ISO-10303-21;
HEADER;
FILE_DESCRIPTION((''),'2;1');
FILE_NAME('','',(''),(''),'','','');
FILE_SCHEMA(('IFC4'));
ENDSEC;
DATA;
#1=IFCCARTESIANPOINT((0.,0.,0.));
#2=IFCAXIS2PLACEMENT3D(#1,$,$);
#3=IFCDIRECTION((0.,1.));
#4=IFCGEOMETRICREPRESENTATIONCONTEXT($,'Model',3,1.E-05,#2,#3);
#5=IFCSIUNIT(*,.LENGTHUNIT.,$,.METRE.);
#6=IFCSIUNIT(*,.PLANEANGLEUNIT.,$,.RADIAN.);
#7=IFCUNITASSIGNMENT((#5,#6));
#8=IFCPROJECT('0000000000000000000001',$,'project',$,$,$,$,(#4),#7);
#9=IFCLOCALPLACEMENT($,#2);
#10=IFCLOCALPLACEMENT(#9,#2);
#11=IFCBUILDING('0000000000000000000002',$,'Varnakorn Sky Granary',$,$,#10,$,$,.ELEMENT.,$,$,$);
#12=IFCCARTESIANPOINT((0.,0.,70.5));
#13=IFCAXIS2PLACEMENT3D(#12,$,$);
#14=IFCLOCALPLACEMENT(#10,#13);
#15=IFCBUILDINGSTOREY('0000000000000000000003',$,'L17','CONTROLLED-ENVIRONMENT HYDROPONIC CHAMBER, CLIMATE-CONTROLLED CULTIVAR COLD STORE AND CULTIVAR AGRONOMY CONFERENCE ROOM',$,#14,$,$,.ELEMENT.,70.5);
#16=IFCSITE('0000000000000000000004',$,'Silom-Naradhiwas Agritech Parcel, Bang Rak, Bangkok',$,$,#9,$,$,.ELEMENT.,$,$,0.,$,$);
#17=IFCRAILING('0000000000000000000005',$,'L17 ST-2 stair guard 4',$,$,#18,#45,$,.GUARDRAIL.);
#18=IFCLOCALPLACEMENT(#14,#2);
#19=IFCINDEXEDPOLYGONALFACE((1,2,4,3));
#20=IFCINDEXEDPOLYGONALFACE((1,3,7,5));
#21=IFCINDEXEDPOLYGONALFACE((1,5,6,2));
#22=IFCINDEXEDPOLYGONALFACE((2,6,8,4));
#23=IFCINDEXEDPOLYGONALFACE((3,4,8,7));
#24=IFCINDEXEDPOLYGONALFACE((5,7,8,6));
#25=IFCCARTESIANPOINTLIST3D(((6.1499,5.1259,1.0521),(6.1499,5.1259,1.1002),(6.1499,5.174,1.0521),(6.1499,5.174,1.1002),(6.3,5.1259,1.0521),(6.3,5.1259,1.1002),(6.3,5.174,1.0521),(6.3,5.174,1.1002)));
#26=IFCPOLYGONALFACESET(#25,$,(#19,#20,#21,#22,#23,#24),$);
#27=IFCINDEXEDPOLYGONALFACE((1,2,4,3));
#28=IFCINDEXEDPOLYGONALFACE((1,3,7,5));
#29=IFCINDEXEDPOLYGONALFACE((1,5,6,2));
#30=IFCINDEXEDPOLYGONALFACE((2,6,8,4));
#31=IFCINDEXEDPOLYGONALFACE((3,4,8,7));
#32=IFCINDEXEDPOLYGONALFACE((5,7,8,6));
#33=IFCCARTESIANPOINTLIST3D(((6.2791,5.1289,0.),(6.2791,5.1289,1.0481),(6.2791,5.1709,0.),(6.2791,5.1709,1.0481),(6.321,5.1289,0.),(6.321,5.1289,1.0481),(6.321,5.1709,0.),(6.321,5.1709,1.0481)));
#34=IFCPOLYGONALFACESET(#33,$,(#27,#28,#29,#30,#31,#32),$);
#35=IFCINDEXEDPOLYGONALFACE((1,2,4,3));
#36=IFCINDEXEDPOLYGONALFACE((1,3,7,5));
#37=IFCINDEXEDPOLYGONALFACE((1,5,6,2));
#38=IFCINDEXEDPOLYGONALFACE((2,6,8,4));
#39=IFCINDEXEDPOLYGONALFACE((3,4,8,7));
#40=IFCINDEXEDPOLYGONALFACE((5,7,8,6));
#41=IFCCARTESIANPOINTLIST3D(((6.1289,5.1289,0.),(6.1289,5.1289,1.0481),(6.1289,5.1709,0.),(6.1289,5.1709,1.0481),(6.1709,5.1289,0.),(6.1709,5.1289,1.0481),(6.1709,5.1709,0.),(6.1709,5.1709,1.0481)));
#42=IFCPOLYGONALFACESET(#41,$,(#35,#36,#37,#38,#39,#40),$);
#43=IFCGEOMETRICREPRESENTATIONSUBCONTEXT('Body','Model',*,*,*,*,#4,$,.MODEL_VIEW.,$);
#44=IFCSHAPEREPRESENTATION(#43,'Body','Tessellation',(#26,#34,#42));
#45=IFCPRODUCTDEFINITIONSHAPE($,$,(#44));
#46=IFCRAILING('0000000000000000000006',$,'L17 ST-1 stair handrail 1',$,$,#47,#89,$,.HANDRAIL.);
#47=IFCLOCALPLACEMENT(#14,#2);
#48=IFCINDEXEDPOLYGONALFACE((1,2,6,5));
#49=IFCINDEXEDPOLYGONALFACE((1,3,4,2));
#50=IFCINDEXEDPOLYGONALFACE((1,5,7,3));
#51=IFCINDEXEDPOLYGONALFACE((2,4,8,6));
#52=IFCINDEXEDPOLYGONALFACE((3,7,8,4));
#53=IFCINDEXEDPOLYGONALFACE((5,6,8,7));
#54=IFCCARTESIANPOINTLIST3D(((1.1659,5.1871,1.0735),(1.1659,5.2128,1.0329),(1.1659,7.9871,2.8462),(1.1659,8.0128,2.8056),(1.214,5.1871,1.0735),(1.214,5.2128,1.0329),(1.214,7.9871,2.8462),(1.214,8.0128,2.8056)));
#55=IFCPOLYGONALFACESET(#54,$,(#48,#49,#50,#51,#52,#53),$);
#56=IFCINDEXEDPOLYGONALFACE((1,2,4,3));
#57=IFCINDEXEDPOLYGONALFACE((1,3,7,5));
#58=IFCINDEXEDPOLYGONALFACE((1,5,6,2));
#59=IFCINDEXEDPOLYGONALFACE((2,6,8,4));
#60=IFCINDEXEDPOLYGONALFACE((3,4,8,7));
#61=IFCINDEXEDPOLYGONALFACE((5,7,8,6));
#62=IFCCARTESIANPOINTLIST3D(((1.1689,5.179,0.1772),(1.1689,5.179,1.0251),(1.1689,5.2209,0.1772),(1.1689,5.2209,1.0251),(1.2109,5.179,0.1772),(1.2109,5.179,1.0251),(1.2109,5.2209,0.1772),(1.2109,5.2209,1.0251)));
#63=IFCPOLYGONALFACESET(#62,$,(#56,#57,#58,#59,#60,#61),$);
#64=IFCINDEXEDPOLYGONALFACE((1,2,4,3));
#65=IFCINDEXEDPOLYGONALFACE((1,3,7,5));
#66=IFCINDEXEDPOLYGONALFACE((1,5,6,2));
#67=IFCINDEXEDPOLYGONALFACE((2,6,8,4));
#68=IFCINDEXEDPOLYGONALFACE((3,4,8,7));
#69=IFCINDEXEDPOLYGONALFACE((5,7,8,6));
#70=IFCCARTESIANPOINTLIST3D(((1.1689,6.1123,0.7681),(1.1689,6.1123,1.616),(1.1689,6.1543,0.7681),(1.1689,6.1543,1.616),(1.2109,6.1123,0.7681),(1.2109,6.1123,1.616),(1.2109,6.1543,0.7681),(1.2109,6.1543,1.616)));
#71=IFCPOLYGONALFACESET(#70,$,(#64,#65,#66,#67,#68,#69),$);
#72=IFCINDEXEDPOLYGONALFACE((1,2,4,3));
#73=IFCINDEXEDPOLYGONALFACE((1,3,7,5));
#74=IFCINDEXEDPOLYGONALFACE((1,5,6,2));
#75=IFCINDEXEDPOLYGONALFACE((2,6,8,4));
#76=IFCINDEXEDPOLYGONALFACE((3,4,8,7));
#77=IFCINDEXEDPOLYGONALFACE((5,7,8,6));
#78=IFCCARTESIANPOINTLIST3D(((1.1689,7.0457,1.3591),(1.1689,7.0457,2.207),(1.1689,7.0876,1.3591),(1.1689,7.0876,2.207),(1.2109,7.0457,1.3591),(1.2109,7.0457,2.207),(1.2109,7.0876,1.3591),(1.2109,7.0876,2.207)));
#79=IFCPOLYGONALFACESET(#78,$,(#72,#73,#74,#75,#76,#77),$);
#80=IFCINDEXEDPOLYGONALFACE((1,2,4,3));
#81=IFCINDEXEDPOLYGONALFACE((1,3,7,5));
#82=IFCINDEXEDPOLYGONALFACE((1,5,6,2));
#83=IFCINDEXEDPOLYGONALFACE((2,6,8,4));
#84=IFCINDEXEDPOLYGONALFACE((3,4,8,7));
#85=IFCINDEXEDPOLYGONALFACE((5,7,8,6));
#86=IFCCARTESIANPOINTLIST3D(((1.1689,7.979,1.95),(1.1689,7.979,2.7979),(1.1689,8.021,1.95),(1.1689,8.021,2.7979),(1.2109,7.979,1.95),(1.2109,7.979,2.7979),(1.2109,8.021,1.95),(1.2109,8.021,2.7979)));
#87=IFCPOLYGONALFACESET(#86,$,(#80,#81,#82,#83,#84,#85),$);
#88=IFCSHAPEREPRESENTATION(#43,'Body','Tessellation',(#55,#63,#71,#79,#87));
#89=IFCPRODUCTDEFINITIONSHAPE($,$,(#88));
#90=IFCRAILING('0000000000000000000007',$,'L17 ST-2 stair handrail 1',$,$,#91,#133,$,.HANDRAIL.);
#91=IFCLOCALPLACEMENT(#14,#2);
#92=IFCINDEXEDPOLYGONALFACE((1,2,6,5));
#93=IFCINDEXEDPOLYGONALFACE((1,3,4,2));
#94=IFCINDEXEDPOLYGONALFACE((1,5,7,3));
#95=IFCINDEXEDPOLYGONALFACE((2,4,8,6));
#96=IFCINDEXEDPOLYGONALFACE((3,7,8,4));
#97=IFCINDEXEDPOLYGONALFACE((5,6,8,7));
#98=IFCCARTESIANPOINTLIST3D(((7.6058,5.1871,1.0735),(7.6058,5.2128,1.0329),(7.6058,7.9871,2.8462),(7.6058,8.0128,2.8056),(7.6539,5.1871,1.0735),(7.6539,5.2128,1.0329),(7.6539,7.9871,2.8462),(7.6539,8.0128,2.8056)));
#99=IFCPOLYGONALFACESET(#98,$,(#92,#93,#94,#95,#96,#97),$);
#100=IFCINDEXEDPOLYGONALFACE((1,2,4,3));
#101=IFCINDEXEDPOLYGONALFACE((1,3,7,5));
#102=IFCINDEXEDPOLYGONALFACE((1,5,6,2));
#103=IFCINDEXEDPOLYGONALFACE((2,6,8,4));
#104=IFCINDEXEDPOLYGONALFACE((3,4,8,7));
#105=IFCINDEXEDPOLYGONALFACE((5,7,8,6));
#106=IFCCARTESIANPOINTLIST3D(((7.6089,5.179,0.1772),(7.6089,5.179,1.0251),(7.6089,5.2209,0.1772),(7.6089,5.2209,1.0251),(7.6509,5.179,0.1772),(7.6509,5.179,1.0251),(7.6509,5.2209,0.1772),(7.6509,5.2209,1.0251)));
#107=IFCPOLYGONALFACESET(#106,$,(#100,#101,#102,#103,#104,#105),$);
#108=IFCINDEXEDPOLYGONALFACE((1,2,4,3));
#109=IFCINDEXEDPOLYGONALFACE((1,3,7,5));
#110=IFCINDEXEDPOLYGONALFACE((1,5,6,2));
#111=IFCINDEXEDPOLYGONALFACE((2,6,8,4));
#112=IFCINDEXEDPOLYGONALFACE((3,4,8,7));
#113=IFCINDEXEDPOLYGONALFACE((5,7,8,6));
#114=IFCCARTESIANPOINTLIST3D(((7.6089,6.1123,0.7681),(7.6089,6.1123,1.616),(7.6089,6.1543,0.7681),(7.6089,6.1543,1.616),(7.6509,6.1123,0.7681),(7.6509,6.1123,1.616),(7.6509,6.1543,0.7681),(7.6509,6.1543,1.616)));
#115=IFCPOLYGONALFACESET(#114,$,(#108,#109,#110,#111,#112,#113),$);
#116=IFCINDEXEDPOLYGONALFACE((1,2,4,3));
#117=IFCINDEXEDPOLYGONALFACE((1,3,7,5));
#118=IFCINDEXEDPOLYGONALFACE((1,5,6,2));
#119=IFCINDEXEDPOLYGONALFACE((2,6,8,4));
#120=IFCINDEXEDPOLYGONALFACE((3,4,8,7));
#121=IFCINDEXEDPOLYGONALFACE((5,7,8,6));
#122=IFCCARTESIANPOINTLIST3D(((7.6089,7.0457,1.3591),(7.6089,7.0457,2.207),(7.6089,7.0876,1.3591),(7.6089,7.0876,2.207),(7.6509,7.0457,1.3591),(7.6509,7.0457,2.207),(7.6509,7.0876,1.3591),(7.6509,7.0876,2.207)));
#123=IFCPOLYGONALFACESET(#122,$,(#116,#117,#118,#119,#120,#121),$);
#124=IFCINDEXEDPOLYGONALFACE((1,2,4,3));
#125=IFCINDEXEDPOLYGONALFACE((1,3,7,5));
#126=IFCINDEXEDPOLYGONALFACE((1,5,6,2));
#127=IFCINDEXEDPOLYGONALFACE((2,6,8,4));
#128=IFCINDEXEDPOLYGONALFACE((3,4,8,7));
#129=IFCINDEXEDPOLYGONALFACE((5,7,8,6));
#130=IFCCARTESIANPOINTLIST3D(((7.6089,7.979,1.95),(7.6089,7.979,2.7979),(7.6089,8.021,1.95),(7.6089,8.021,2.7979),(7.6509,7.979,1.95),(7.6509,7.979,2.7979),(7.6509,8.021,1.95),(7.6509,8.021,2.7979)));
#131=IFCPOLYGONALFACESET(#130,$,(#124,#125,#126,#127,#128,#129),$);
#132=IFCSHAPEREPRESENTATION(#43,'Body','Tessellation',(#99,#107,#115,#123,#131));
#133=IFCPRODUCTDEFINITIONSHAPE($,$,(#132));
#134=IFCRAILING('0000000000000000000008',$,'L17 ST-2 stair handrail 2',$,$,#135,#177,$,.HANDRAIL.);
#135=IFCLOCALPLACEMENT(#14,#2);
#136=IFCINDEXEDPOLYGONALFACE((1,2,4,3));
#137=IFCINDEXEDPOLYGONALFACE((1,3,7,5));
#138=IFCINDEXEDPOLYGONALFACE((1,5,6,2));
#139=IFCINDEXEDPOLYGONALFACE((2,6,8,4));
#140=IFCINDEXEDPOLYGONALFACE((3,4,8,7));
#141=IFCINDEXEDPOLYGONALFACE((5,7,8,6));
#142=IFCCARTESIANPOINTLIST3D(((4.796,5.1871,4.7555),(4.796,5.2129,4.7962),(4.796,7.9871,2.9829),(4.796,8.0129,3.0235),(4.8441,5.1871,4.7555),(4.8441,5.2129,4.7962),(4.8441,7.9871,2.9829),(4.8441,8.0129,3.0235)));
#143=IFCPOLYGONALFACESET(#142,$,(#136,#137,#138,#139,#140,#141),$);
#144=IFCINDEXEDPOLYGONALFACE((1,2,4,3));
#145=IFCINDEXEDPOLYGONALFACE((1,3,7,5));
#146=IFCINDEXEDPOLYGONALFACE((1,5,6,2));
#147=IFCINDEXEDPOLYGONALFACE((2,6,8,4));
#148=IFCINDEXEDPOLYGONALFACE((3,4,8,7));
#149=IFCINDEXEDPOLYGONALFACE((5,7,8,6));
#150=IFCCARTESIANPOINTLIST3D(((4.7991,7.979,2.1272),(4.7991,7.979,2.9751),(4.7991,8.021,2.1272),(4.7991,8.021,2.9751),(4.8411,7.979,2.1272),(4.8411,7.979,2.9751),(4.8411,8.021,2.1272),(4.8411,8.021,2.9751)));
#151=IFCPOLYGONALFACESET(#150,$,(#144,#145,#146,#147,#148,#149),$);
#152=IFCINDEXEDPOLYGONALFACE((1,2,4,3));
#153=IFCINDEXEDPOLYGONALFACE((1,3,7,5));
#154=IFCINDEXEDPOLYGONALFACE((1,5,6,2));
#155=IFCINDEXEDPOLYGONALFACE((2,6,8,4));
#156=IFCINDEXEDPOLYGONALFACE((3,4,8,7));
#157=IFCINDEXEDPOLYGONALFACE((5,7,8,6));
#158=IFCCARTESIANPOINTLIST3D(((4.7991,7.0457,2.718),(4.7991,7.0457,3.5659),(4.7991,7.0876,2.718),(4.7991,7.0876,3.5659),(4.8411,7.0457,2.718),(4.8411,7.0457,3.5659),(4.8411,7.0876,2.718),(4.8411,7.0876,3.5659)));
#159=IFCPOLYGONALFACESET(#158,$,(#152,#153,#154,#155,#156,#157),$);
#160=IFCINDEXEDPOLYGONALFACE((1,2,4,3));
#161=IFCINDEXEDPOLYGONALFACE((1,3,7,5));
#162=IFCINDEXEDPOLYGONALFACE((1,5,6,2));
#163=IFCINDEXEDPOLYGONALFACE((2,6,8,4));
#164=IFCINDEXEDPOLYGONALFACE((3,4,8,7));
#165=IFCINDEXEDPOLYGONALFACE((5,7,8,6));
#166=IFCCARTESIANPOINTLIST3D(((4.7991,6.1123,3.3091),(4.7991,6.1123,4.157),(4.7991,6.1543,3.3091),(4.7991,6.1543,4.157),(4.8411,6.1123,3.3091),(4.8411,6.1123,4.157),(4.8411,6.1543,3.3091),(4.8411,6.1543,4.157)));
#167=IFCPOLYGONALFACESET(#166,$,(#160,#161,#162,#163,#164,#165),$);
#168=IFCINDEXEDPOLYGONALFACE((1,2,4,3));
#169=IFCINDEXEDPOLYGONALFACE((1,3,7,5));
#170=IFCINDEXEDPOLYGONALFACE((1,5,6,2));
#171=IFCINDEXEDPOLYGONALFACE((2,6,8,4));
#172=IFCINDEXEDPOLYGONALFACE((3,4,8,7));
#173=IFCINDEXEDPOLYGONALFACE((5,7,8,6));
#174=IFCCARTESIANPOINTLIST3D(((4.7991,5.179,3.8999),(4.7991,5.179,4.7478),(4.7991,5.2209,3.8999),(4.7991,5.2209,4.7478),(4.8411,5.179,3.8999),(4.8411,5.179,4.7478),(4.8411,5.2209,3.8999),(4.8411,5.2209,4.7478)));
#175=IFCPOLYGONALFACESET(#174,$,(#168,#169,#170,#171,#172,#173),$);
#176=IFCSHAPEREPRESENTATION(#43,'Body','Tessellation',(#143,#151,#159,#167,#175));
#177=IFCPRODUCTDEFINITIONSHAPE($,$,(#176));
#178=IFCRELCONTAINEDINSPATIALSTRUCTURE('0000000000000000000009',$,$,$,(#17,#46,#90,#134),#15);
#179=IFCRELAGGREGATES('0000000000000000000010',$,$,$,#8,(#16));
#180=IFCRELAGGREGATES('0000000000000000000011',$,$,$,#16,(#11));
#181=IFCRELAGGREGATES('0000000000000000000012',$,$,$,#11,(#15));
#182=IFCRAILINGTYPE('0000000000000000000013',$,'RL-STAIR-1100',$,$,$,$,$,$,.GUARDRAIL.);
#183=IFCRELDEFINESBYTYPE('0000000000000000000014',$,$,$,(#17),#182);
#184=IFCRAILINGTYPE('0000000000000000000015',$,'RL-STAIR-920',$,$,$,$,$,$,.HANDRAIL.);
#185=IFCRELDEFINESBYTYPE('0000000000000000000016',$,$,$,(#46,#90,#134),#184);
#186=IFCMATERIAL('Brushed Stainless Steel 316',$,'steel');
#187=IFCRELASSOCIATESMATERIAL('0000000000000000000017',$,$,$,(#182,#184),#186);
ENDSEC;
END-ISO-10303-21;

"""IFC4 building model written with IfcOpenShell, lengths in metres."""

from ifc_helpers import new_model, si_unit, direction, frame, origin, origin_2d, place, context, subcontext, project, spatial, rectangle, extrude, material, type_object, element, save


model = new_model("IFC4")

# Units and contexts
model_context = context("Model", 3, precision=1e-05, world=origin(), true_north=direction((0.0, 1.0)))
body_context = subcontext(model_context, "Body", "Model", "MODEL_VIEW")
ifc_project = project(units=[si_unit("LENGTHUNIT", "METRE"), si_unit("PLANEANGLEUNIT", "RADIAN")], contexts=[model_context])

# Site, building, storey
site_placement = place(None, origin())
site = spatial("IfcSite", under=ifc_project, at=site_placement, Name="Silom-Naradhiwas Agritech Parcel, Bang Rak, Bangkok", CompositionType="ELEMENT", RefElevation=0.0)
building_placement = place(site_placement, origin())
building = spatial("IfcBuilding", under=site, at=building_placement, Name="Varnakorn Sky Granary", CompositionType="ELEMENT")
storey_placement = place(building_placement, frame((0.0, 0.0, 70.5)))
storey = spatial("IfcBuildingStorey", under=building, at=storey_placement, Name="L17", Description="CONTROLLED-ENVIRONMENT HYDROPONIC CHAMBER, CLIMATE-CONTROLLED CULTIVAR COLD STORE AND CULTIVAR AGRONOMY CONFERENCE ROOM", CompositionType="ELEMENT", Elevation=70.5)

# Railings
ifc_material_1 = material(Name="Brushed Stainless Steel 316", Category="steel")
railing_type_1 = type_object("IfcRailingType", Name="RL-STAIR-1100", PredefinedType="GUARDRAIL", material=ifc_material_1)
railing_1_placement = place(storey_placement, frame((6.3, 5.1499, 0.0)))
element("IfcRailing", 1, at=railing_1_placement, inside=storey, type_object=railing_type_1, Name="L17 ST-2 stair guard 4", PredefinedType="GUARDRAIL", context=body_context, shape_type="SweptSolid", body=[
    extrude(rectangle(XDim=0.0481, YDim=0.0481, at=origin_2d()), frame((0.0, 0.0, 1.0762), z_axis=(-1.0, 0.0, 0.0), x_axis=(0.0, -1.0, 0.0)), (0.0, 0.0, 1.0), 0.1501),
    extrude(rectangle(XDim=0.042, YDim=0.042, at=origin_2d()), origin(), (0.0, 0.0, 1.0), 1.0481),
    extrude(rectangle(XDim=0.042, YDim=0.042, at=origin_2d()), frame((-0.1501, 0.0, 0.0)), (0.0, 0.0, 1.0), 1.0481),
])
railing_type_2 = type_object("IfcRailingType", Name="RL-STAIR-920", PredefinedType="HANDRAIL", material=ifc_material_1)
for number, where, name in (
    (2, (1.1899, 5.2, 0.1772), "L17 ST-1 stair handrail 1"),
    (3, (7.6299, 5.2, 0.1772), "L17 ST-2 stair handrail 1"),
):
    element("IfcRailing", number, at=place(storey_placement, frame(where)), inside=storey, type_object=railing_type_2, Name=name, PredefinedType="HANDRAIL", context=body_context, shape_type="SweptSolid", body=[
        extrude(rectangle(XDim=0.0481, YDim=0.0481, at=origin_2d()), frame((0.0, 0.0, 0.876), z_axis=(0.0, 0.844909, 0.53491), x_axis=(-1.0, 0.0, 0.0)), (0.0, 0.0, 1.0), 3.314),
        extrude(rectangle(XDim=0.042, YDim=0.042, at=origin_2d()), origin(), (0.0, 0.0, 1.0), 0.8479),
        extrude(rectangle(XDim=0.042, YDim=0.042, at=origin_2d()), frame((0.0, 0.9333, 0.5908)), (0.0, 0.0, 1.0), 0.8479),
        extrude(rectangle(XDim=0.042, YDim=0.042, at=origin_2d()), frame((0.0, 1.8667, 1.1819)), (0.0, 0.0, 1.0), 0.8479),
        extrude(rectangle(XDim=0.042, YDim=0.042, at=origin_2d()), frame((0.0, 2.8, 1.7727)), (0.0, 0.0, 1.0), 0.8479),
    ])
railing_2_placement = place(storey_placement, frame((4.8201, 8.0, 2.1272)))
element("IfcRailing", 4, at=railing_2_placement, inside=storey, type_object=railing_type_2, Name="L17 ST-2 stair handrail 2", PredefinedType="HANDRAIL", context=body_context, shape_type="SweptSolid", body=[
    extrude(rectangle(XDim=0.0481, YDim=0.0481, at=origin_2d()), frame((0.0, 0.0, 0.876), z_axis=(0.0, -0.844909, 0.53491), x_axis=(1.0, 0.0, 0.0)), (0.0, 0.0, 1.0), 3.314),
    extrude(rectangle(XDim=0.042, YDim=0.042, at=origin_2d()), origin(), (0.0, 0.0, 1.0), 0.8479),
    extrude(rectangle(XDim=0.042, YDim=0.042, at=origin_2d()), frame((0.0, -0.9333, 0.5908)), (0.0, 0.0, 1.0), 0.8479),
    extrude(rectangle(XDim=0.042, YDim=0.042, at=origin_2d()), frame((0.0, -1.8667, 1.1819)), (0.0, 0.0, 1.0), 0.8479),
    extrude(rectangle(XDim=0.042, YDim=0.042, at=origin_2d()), frame((0.0, -2.8, 1.7727)), (0.0, 0.0, 1.0), 0.8479),
])

save(model, "model.ifc")
